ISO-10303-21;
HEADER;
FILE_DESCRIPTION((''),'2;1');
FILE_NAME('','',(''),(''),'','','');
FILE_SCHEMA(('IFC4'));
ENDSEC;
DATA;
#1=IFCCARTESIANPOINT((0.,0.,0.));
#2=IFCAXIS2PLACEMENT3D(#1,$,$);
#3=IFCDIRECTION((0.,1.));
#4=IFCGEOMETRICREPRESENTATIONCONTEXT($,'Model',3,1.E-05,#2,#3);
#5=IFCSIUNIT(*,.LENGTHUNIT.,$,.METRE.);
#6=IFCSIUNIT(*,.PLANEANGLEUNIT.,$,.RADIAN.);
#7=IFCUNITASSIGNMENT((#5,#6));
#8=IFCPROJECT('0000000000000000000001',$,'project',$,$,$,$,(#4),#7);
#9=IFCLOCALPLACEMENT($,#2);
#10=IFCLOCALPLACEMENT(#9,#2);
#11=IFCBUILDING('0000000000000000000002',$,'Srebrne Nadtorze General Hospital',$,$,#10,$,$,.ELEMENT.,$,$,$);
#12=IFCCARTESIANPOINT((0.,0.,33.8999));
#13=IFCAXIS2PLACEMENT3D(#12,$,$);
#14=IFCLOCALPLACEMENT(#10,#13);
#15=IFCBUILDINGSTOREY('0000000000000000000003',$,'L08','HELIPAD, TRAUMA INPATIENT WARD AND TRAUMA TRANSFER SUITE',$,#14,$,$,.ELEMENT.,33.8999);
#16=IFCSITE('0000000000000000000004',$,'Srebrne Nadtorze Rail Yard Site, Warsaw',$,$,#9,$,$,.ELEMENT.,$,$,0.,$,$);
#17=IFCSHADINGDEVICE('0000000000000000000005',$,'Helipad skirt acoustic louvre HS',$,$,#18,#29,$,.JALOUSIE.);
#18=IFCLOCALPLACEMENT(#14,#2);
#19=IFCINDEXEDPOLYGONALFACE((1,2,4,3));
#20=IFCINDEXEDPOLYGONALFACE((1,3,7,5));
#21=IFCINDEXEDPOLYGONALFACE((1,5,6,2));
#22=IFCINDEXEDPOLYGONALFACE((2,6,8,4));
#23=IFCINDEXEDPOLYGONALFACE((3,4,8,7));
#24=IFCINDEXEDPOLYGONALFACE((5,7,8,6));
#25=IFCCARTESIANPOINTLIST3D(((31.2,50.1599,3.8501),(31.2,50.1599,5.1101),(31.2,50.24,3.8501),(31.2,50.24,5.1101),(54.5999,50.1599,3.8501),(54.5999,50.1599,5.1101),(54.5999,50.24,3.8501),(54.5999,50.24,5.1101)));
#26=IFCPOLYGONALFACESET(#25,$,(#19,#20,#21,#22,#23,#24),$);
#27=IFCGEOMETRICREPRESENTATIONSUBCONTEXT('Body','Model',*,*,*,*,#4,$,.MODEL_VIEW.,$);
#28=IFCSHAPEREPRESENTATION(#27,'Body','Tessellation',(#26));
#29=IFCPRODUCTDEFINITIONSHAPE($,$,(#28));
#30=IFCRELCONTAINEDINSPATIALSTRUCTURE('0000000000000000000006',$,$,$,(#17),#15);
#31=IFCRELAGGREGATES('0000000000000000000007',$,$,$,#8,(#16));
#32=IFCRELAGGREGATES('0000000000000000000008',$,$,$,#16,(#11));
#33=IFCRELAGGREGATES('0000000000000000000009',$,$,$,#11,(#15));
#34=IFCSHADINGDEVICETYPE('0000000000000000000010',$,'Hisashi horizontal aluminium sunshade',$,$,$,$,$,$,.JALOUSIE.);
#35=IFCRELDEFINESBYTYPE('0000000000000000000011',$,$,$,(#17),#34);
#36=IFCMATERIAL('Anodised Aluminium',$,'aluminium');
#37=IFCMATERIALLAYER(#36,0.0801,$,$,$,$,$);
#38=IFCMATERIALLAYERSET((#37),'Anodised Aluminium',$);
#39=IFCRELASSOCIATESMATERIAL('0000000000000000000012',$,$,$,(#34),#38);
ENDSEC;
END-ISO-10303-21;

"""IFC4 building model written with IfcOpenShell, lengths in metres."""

from ifc_helpers import new_model, si_unit, direction, frame, origin, origin_2d, place, context, subcontext, project, spatial, rectangle, extrude, material, layer, layer_set, type_object, element, save


model = new_model("IFC4")

# Units and contexts
model_context = context("Model", 3, precision=1e-05, world=origin(), true_north=direction((0.0, 1.0)))
body_context = subcontext(model_context, "Body", "Model", "MODEL_VIEW")
ifc_project = project(units=[si_unit("LENGTHUNIT", "METRE"), si_unit("PLANEANGLEUNIT", "RADIAN")], contexts=[model_context])

# Site, building, storey
site_placement = place(None, origin())
site = spatial("IfcSite", under=ifc_project, at=site_placement, Name="Srebrne Nadtorze Rail Yard Site, Warsaw", CompositionType="ELEMENT", RefElevation=0.0)
building_placement = place(site_placement, origin())
building = spatial("IfcBuilding", under=site, at=building_placement, Name="Srebrne Nadtorze General Hospital", CompositionType="ELEMENT")
storey_placement = place(building_placement, frame((0.0, 0.0, 33.8999)))
storey = spatial("IfcBuildingStorey", under=building, at=storey_placement, Name="L08", Description="HELIPAD, TRAUMA INPATIENT WARD AND TRAUMA TRANSFER SUITE", CompositionType="ELEMENT", Elevation=33.8999)

# Shading device
ifc_material_1 = material(Name="Anodised Aluminium", Category="aluminium")
ifc_layer_1 = layer(ifc_material_1, 0.0801)
ifc_layer_set_1 = layer_set([ifc_layer_1], Name="Anodised Aluminium")
shading_device_type = type_object("IfcShadingDeviceType", Name="Hisashi horizontal aluminium sunshade", PredefinedType="JALOUSIE", material=ifc_layer_set_1)
shading_device_1_placement = place(storey_placement, frame((42.8999, 50.2, 3.8501), z_axis=(0.0, 0.0, 1.0), x_axis=(1.0, 0.0, 0.0)))
element("IfcShadingDevice", 1, at=shading_device_1_placement, inside=storey, type_object=shading_device_type, Name="Helipad skirt acoustic louvre HS", PredefinedType="JALOUSIE", context=body_context, shape_type="SweptSolid", body=[
    extrude(rectangle(XDim=23.3999, YDim=0.0801, at=origin_2d()), origin(), (0.0, 0.0, 1.0), 1.26),
])

save(model, "model.ifc")
